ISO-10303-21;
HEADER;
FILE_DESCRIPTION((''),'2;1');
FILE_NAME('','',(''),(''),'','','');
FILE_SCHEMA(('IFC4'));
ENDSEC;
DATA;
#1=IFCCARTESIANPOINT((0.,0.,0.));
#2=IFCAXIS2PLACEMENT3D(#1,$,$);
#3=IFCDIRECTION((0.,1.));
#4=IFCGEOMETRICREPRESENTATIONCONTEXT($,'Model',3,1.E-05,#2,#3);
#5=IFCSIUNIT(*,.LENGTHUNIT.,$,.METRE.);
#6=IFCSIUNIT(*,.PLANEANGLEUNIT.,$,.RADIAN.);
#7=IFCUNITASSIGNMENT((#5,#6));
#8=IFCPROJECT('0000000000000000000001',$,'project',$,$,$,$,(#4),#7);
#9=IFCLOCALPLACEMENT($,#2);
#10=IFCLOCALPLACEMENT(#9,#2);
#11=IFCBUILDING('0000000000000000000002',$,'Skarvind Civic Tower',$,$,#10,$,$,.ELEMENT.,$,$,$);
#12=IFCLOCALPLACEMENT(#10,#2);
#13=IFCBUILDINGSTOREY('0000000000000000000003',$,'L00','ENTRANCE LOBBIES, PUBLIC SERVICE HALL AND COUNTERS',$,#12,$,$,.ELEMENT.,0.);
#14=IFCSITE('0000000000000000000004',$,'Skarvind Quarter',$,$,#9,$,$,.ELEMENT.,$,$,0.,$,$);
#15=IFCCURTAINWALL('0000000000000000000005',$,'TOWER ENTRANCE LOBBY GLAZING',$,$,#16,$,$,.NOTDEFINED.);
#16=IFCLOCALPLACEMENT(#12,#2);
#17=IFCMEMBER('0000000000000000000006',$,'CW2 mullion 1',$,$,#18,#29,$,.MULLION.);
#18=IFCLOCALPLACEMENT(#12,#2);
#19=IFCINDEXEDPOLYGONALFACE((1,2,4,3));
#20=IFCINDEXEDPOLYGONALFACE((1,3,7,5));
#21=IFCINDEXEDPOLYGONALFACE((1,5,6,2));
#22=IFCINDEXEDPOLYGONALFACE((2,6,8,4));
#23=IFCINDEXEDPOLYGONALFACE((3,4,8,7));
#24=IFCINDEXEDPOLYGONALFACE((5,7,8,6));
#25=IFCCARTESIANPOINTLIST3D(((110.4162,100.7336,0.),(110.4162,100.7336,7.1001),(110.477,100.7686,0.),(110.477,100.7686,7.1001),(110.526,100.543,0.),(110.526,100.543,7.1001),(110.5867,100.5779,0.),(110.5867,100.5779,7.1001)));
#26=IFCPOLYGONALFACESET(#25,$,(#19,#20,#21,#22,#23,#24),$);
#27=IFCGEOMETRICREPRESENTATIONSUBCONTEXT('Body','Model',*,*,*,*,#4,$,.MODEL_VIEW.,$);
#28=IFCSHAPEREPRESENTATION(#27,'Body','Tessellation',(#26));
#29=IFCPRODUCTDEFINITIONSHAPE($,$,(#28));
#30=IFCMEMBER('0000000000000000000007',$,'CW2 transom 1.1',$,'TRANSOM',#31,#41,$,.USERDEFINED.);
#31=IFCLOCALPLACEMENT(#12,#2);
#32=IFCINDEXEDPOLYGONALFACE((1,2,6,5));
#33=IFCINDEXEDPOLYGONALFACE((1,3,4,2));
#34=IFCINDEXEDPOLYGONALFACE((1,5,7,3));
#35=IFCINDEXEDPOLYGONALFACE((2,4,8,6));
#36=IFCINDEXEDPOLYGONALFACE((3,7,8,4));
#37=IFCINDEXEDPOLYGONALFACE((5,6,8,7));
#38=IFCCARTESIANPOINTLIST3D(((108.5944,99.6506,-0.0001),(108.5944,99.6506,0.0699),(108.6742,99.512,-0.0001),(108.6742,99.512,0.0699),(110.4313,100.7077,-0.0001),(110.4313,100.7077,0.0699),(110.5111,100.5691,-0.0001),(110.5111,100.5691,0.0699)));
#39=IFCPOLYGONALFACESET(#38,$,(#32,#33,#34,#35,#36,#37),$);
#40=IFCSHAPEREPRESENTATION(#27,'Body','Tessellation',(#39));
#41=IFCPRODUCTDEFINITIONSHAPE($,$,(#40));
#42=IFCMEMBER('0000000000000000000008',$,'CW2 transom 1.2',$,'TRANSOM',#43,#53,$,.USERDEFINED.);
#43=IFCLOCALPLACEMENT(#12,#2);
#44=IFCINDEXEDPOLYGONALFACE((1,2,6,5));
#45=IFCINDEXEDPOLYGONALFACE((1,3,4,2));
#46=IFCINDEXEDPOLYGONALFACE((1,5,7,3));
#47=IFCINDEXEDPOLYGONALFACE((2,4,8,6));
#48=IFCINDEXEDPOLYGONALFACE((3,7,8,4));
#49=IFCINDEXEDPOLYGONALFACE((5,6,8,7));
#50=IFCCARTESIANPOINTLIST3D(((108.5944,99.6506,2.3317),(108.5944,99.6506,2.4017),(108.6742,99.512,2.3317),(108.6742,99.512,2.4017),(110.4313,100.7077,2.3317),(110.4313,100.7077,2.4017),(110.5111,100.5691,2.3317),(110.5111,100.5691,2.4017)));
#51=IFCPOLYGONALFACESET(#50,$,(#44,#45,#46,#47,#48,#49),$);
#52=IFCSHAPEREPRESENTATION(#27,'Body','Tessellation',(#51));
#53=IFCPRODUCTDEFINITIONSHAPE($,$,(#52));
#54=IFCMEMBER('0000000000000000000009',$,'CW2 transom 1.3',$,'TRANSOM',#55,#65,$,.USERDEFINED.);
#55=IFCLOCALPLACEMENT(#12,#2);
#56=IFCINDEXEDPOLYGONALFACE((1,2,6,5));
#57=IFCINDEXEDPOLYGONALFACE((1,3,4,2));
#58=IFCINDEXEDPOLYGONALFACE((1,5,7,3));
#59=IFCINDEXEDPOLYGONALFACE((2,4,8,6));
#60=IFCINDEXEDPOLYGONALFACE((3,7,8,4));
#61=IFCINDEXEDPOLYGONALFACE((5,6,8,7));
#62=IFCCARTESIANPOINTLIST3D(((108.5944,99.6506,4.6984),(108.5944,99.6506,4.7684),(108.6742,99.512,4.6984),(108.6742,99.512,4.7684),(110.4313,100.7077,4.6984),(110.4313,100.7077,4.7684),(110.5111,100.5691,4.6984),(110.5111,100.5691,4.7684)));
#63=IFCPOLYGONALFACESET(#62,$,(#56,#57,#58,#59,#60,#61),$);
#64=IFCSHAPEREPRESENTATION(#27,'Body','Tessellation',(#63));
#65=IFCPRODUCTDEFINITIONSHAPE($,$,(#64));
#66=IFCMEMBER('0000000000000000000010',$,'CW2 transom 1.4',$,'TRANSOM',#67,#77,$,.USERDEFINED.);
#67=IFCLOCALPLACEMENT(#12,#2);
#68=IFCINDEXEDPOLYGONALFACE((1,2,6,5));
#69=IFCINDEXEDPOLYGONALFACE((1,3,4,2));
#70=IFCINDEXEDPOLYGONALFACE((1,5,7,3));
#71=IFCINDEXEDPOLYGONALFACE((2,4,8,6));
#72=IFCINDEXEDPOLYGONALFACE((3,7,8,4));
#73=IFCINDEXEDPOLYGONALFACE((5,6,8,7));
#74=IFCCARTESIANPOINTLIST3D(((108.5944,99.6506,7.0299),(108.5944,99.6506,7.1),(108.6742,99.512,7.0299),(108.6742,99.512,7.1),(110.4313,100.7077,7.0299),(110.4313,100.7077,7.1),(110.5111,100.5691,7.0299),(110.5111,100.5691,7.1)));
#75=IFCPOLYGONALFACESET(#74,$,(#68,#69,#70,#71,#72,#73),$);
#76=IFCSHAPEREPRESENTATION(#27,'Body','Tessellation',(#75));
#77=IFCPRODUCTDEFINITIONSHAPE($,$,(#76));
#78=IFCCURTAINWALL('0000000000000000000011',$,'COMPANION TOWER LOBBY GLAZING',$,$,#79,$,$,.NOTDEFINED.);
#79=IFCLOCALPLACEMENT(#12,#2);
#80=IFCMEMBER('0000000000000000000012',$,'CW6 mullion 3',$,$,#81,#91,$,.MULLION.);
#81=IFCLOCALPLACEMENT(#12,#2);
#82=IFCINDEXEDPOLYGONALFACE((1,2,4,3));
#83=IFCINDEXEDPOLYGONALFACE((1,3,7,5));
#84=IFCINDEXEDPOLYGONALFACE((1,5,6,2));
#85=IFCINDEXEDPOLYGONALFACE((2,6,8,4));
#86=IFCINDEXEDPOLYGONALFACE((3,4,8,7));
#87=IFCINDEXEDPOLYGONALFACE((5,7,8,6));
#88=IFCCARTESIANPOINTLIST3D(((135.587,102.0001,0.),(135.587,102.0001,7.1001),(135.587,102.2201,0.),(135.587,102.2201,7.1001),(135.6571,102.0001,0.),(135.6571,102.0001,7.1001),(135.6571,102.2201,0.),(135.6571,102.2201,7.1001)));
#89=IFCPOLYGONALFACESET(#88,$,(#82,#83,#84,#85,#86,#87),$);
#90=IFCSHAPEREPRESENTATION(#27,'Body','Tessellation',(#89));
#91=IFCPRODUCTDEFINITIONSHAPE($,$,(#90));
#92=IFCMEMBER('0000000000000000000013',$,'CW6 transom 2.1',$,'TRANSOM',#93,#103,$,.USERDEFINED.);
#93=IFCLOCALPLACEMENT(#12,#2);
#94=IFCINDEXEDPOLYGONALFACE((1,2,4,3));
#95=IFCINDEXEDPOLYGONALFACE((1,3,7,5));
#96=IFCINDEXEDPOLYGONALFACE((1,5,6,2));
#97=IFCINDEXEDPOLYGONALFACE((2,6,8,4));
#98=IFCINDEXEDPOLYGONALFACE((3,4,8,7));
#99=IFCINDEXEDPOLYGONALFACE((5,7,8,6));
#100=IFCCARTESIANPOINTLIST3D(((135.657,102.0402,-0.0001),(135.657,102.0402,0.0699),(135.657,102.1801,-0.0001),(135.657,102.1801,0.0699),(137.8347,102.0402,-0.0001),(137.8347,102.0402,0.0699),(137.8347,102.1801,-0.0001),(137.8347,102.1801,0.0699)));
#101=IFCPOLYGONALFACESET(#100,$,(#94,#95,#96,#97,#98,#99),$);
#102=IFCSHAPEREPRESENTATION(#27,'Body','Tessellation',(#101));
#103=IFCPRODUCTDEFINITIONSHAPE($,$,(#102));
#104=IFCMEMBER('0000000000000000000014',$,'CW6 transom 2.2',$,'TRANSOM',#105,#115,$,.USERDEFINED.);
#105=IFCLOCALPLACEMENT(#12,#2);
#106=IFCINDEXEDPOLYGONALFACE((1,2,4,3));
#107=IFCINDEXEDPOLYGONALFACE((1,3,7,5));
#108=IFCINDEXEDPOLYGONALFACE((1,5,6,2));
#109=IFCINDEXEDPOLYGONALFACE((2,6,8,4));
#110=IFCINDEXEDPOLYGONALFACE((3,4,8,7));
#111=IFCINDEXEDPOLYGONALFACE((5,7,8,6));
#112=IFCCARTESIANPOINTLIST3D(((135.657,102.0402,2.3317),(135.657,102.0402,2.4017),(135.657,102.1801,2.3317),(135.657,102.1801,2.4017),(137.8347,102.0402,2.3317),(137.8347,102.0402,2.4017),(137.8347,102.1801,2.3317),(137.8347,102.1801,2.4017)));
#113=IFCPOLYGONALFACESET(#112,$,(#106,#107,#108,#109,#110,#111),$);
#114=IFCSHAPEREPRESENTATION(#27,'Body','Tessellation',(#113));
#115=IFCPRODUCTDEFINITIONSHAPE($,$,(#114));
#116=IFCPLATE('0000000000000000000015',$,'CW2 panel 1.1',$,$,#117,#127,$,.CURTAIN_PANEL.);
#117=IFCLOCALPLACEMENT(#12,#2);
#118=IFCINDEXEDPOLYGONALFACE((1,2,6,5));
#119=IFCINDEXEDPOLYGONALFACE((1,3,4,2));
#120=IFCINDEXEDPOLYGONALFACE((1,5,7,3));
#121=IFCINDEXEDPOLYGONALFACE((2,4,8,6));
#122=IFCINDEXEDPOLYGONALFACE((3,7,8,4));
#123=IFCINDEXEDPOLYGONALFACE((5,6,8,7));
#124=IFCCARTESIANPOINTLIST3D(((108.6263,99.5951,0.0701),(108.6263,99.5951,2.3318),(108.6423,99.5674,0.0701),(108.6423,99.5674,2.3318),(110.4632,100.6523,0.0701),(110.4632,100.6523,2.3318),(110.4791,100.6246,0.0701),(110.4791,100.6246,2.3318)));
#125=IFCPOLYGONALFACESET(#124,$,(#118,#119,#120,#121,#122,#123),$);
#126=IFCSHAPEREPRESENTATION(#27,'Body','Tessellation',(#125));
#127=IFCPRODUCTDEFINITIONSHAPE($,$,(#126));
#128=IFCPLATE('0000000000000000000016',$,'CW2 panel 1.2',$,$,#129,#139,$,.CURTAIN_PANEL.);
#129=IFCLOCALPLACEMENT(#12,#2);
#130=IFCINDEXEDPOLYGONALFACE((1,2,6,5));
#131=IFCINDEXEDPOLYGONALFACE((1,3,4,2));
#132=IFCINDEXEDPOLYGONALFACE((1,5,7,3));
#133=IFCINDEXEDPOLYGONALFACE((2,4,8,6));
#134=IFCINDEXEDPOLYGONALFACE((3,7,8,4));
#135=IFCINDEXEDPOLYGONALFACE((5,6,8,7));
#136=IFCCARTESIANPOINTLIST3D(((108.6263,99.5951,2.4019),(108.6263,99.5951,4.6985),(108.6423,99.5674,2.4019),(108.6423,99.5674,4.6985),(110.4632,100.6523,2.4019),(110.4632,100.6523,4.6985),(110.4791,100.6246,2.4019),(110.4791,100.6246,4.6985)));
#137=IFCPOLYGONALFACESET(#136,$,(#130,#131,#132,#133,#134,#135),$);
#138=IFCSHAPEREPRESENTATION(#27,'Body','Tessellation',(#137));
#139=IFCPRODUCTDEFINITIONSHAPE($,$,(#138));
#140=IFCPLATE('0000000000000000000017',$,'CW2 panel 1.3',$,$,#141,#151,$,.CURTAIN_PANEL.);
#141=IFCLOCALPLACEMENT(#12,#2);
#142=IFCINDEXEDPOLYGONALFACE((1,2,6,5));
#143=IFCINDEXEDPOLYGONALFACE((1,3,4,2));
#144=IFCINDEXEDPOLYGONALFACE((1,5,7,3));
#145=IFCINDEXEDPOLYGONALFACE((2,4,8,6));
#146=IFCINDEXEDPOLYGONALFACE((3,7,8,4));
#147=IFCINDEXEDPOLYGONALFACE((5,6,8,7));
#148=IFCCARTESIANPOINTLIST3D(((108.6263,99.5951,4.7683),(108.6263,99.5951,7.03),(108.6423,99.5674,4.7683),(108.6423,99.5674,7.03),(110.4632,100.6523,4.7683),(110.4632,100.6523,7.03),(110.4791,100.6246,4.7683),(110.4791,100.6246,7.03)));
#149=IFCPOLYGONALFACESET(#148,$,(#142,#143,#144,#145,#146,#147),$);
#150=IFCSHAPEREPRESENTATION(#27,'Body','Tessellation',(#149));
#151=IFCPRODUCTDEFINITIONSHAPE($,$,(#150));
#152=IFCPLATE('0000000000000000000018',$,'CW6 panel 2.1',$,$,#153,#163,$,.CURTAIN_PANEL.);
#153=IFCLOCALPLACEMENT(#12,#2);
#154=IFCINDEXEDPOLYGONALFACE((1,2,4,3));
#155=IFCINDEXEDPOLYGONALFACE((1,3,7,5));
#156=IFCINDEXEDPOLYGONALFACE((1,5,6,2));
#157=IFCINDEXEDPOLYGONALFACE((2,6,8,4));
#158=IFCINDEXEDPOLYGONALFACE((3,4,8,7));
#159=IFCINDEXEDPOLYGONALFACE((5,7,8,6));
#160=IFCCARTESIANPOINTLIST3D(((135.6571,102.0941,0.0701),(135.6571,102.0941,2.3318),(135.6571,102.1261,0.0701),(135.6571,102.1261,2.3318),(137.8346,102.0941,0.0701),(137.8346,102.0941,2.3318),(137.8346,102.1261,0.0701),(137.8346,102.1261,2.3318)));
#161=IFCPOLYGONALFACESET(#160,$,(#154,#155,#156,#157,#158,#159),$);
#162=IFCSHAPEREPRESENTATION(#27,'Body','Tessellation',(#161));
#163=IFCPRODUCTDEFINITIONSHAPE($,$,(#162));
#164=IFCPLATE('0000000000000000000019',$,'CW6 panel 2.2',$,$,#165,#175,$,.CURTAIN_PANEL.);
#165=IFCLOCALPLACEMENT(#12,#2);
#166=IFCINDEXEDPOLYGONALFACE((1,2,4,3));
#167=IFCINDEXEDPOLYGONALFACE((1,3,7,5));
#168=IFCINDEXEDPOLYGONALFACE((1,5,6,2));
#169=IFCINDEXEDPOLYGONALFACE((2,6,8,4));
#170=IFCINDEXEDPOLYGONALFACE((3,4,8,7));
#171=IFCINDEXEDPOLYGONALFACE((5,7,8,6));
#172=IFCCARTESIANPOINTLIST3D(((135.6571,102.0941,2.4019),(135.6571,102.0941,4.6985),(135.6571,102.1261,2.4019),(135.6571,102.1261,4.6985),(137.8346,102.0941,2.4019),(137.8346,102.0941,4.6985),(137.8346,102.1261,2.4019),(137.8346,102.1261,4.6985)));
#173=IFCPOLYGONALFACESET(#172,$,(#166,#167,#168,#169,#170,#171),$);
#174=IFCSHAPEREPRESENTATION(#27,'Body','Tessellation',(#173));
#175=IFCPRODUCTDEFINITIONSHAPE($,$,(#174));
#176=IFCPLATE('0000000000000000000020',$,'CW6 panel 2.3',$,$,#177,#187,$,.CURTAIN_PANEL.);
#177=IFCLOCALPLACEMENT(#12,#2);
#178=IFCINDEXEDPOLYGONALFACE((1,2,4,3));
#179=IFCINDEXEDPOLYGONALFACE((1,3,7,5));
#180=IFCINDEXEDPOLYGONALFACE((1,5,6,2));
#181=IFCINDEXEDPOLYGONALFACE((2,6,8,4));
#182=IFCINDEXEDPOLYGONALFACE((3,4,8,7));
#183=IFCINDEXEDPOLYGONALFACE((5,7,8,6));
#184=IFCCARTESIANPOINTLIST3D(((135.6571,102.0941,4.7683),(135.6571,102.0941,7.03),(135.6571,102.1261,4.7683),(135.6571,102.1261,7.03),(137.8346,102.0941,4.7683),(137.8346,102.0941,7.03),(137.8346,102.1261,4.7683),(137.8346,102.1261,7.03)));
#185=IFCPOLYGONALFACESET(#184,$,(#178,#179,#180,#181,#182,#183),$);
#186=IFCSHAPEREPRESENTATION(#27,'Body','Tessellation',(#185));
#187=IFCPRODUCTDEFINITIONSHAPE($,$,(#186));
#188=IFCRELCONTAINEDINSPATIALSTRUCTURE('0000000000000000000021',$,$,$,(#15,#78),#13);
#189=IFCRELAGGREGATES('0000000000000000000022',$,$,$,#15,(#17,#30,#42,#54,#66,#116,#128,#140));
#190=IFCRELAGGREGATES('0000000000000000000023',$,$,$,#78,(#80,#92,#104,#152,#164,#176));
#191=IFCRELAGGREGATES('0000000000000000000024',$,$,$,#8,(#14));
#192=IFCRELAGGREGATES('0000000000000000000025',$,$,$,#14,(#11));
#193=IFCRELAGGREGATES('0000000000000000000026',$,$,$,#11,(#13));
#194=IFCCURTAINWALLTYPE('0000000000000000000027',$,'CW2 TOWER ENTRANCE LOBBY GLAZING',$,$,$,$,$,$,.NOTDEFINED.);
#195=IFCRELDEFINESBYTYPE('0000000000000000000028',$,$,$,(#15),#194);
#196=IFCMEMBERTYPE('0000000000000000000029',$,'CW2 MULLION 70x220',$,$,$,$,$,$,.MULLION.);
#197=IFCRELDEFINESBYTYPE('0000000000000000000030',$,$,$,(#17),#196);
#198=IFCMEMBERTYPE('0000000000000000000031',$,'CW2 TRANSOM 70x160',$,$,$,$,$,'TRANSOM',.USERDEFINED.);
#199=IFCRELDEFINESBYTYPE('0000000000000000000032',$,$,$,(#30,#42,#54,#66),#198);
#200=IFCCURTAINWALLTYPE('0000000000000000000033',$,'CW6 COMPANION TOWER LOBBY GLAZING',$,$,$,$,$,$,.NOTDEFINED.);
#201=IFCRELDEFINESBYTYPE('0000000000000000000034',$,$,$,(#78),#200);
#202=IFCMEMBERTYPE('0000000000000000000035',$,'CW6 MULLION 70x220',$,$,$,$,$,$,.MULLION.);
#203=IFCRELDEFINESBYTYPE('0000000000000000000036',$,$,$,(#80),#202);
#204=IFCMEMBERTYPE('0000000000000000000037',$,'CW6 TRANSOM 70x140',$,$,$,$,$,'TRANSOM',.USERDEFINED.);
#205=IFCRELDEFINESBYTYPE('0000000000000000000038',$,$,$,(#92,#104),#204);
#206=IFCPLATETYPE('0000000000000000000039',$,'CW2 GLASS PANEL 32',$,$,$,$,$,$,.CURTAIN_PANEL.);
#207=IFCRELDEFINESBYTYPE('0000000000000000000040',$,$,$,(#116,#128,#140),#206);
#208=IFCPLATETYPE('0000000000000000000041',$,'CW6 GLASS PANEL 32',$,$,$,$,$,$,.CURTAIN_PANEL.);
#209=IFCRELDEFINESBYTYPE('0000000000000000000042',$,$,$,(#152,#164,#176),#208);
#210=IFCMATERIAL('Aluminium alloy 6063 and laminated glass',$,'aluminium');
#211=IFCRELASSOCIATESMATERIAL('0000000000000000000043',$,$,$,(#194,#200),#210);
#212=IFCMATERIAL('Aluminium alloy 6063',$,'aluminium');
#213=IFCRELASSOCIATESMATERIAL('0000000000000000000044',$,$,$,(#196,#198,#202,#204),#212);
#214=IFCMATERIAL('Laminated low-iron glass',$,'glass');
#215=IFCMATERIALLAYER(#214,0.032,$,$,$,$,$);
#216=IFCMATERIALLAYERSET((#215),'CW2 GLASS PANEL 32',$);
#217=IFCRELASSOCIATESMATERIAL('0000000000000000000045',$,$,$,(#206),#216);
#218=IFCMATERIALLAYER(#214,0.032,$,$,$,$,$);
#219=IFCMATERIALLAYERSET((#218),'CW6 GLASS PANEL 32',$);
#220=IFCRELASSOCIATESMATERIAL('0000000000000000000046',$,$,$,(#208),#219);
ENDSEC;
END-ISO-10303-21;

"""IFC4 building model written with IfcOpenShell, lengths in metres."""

from ifc_helpers import new_model, si_unit, direction, frame, origin, origin_2d, place, context, subcontext, project, spatial, rectangle, extrude, material, layer, layer_set, material_profile, profile_set, type_object, element, aggregate, save


model = new_model("IFC4")

# Units and contexts
model_context = context("Model", 3, precision=1e-05, world=origin(), true_north=direction((0.0, 1.0)))
body_context = subcontext(model_context, "Body", "Model", "MODEL_VIEW")
ifc_project = project(units=[si_unit("LENGTHUNIT", "METRE"), si_unit("PLANEANGLEUNIT", "RADIAN")], contexts=[model_context])

# Site, building, storey
site_placement = place(None, origin())
site = spatial("IfcSite", under=ifc_project, at=site_placement, Name="Skarvind Quarter", CompositionType="ELEMENT", RefElevation=0.0)
building_placement = place(site_placement, origin())
building = spatial("IfcBuilding", under=site, at=building_placement, Name="Skarvind Civic Tower", CompositionType="ELEMENT")
storey_placement = place(building_placement, origin())
storey = spatial("IfcBuildingStorey", under=building, at=storey_placement, Name="L00", Description="ENTRANCE LOBBIES, PUBLIC SERVICE HALL AND COUNTERS", CompositionType="ELEMENT", Elevation=0.0)

# Curtain walls, members
ifc_material_1 = material(Name="Aluminium alloy 6063 and laminated glass", Category="aluminium")
curtain_wall_type_1 = type_object("IfcCurtainWallType", Name="CW2 TOWER ENTRANCE LOBBY GLAZING", PredefinedType="NOTDEFINED", material=ifc_material_1)
curtain_wall_1_placement = place(storey_placement, origin())
curtain_wall_1 = element("IfcCurtainWall", 1, at=curtain_wall_1_placement, inside=storey, type_object=curtain_wall_type_1, Name="TOWER ENTRANCE LOBBY GLAZING", PredefinedType="NOTDEFINED")
ifc_material_2 = material(Name="Aluminium alloy 6063", Category="aluminium")
ifc_material_profile_1 = material_profile(ifc_material_2, rectangle(XDim=0.22, YDim=0.0701, at=origin_2d()), Name="AL 70x220")
ifc_profile_set_1 = profile_set([ifc_material_profile_1], Name="Aluminium alloy 6063")
member_type_1 = type_object("IfcMemberType", Name="CW2 MULLION 70x220", PredefinedType="MULLION", material=ifc_profile_set_1)
member_1_placement = place(storey_placement, frame((110.5015, 100.6558, 0.0), z_axis=(0.0, 0.0, 1.0), x_axis=(0.49883, -0.8667, 0.0)))
member_1 = element("IfcMember", 2, at=member_1_placement, type_object=member_type_1, Name="CW2 mullion 1", PredefinedType="MULLION", context=body_context, shape_type="SweptSolid", body=[
    extrude(rectangle(XDim=0.22, YDim=0.0701, at=origin_2d()), origin(), (0.0, 0.0, 1.0), 7.1001),
])
ifc_material_profile_2 = material_profile(ifc_material_2, rectangle(XDim=0.1599, YDim=0.0701, at=origin_2d()), Name="AL 70x160")
ifc_profile_set_2 = profile_set([ifc_material_profile_2], Name="Aluminium alloy 6063")
member_type_2 = type_object("IfcMemberType", Name="CW2 TRANSOM 70x160", ElementType="TRANSOM", PredefinedType="USERDEFINED", material=ifc_profile_set_2)
member_2_placement = place(storey_placement, frame((110.4712, 100.6384, 0.0349), z_axis=(-0.866722, -0.498791, 0.0), x_axis=(0.498791, -0.866722, 0.0)))
member_2 = element("IfcMember", 3, at=member_2_placement, type_object=member_type_2, Name="CW2 transom 1.1", ObjectType="TRANSOM", PredefinedType="USERDEFINED", context=body_context, shape_type="SweptSolid", body=[
    extrude(rectangle(XDim=0.1599, YDim=0.0701, at=origin_2d()), origin(), (0.0, 0.0, 1.0), 2.1194),
])
member_3_placement = place(storey_placement, frame((110.4712, 100.6384, 2.3667), z_axis=(-0.866722, -0.498791, 0.0), x_axis=(0.498791, -0.866722, 0.0)))
member_3 = element("IfcMember", 4, at=member_3_placement, type_object=member_type_2, Name="CW2 transom 1.2", ObjectType="TRANSOM", PredefinedType="USERDEFINED", context=body_context, shape_type="SweptSolid", body=[
    extrude(rectangle(XDim=0.1599, YDim=0.0701, at=origin_2d()), origin(), (0.0, 0.0, 1.0), 2.1194),
])
member_4_placement = place(storey_placement, frame((110.4712, 100.6384, 4.7334), z_axis=(-0.866722, -0.498791, 0.0), x_axis=(0.498791, -0.866722, 0.0)))
member_4 = element("IfcMember", 5, at=member_4_placement, type_object=member_type_2, Name="CW2 transom 1.3", ObjectType="TRANSOM", PredefinedType="USERDEFINED", context=body_context, shape_type="SweptSolid", body=[
    extrude(rectangle(XDim=0.1599, YDim=0.0701, at=origin_2d()), origin(), (0.0, 0.0, 1.0), 2.1194),
])
member_5_placement = place(storey_placement, frame((110.4712, 100.6384, 7.0649), z_axis=(-0.866722, -0.498791, 0.0), x_axis=(0.498791, -0.866722, 0.0)))
member_5 = element("IfcMember", 6, at=member_5_placement, type_object=member_type_2, Name="CW2 transom 1.4", ObjectType="TRANSOM", PredefinedType="USERDEFINED", context=body_context, shape_type="SweptSolid", body=[
    extrude(rectangle(XDim=0.1599, YDim=0.0701, at=origin_2d()), origin(), (0.0, 0.0, 1.0), 2.1194),
])
curtain_wall_type_2 = type_object("IfcCurtainWallType", Name="CW6 COMPANION TOWER LOBBY GLAZING", PredefinedType="NOTDEFINED", material=ifc_material_1)
curtain_wall_2_placement = place(storey_placement, origin())
curtain_wall_2 = element("IfcCurtainWall", 7, at=curtain_wall_2_placement, inside=storey, type_object=curtain_wall_type_2, Name="COMPANION TOWER LOBBY GLAZING", PredefinedType="NOTDEFINED")
ifc_material_profile_3 = material_profile(ifc_material_2, rectangle(XDim=0.22, YDim=0.0701, at=origin_2d()), Name="AL 70x220")
ifc_profile_set_3 = profile_set([ifc_material_profile_3], Name="Aluminium alloy 6063")
member_type_3 = type_object("IfcMemberType", Name="CW6 MULLION 70x220", PredefinedType="MULLION", material=ifc_profile_set_3)
member_6_placement = place(storey_placement, frame((135.6221, 102.1101, 0.0), z_axis=(0.0, 0.0, 1.0), x_axis=(0.0, -1.0, 0.0)))
member_6 = element("IfcMember", 8, at=member_6_placement, type_object=member_type_3, Name="CW6 mullion 3", PredefinedType="MULLION", context=body_context, shape_type="SweptSolid", body=[
    extrude(rectangle(XDim=0.22, YDim=0.0701, at=origin_2d()), origin(), (0.0, 0.0, 1.0), 7.1001),
])
ifc_material_profile_4 = material_profile(ifc_material_2, rectangle(XDim=0.1399, YDim=0.0701, at=origin_2d()), Name="AL 70x140")
ifc_profile_set_4 = profile_set([ifc_material_profile_4], Name="Aluminium alloy 6063")
member_type_4 = type_object("IfcMemberType", Name="CW6 TRANSOM 70x140", ElementType="TRANSOM", PredefinedType="USERDEFINED", material=ifc_profile_set_4)
member_7_placement = place(storey_placement, frame((137.8347, 102.1101, 0.0349), z_axis=(-1.0, 0.0, 0.0), x_axis=(0.0, -1.0, 0.0)))
member_7 = element("IfcMember", 9, at=member_7_placement, type_object=member_type_4, Name="CW6 transom 2.1", ObjectType="TRANSOM", PredefinedType="USERDEFINED", context=body_context, shape_type="SweptSolid", body=[
    extrude(rectangle(XDim=0.1399, YDim=0.0701, at=origin_2d()), origin(), (0.0, 0.0, 1.0), 2.1777),
])
member_8_placement = place(storey_placement, frame((137.8347, 102.1101, 2.3667), z_axis=(-1.0, 0.0, 0.0), x_axis=(0.0, -1.0, 0.0)))
member_8 = element("IfcMember", 10, at=member_8_placement, type_object=member_type_4, Name="CW6 transom 2.2", ObjectType="TRANSOM", PredefinedType="USERDEFINED", context=body_context, shape_type="SweptSolid", body=[
    extrude(rectangle(XDim=0.1399, YDim=0.0701, at=origin_2d()), origin(), (0.0, 0.0, 1.0), 2.1777),
])

# Plates
ifc_material_3 = material(Name="Laminated low-iron glass", Category="glass")
ifc_layer_1 = layer(ifc_material_3, 0.032)
ifc_layer_set_1 = layer_set([ifc_layer_1], Name="CW2 GLASS PANEL 32")
plate_type_1 = type_object("IfcPlateType", Name="CW2 GLASS PANEL 32", PredefinedType="CURTAIN_PANEL", material=ifc_layer_set_1)
plate_1_placement = place(storey_placement, frame((109.5527, 100.1099, 0.0701), z_axis=(0.0, 0.0, 1.0), x_axis=(-0.8667, -0.49883, 0.0)))
plate_1 = element("IfcPlate", 11, at=plate_1_placement, type_object=plate_type_1, Name="CW2 panel 1.1", PredefinedType="CURTAIN_PANEL", context=body_context, shape_type="SweptSolid", body=[
    extrude(rectangle(XDim=2.1194, YDim=0.032, at=origin_2d()), origin(), (0.0, 0.0, 1.0), 2.2617),
])
plate_2_placement = place(storey_placement, frame((109.5527, 100.1099, 2.4019), z_axis=(0.0, 0.0, 1.0), x_axis=(-0.8667, -0.49883, 0.0)))
plate_2 = element("IfcPlate", 12, at=plate_2_placement, type_object=plate_type_1, Name="CW2 panel 1.2", PredefinedType="CURTAIN_PANEL", context=body_context, shape_type="SweptSolid", body=[
    extrude(rectangle(XDim=2.1194, YDim=0.032, at=origin_2d()), origin(), (0.0, 0.0, 1.0), 2.2966),
])
plate_3_placement = place(storey_placement, frame((109.5527, 100.1099, 4.7683), z_axis=(0.0, 0.0, 1.0), x_axis=(-0.8667, -0.49883, 0.0)))
plate_3 = element("IfcPlate", 13, at=plate_3_placement, type_object=plate_type_1, Name="CW2 panel 1.3", PredefinedType="CURTAIN_PANEL", context=body_context, shape_type="SweptSolid", body=[
    extrude(rectangle(XDim=2.1194, YDim=0.032, at=origin_2d()), origin(), (0.0, 0.0, 1.0), 2.2617),
])
aggregate(curtain_wall_1, [member_1, member_2, member_3, member_4, member_5, plate_1, plate_2, plate_3])
ifc_layer_2 = layer(ifc_material_3, 0.032)
ifc_layer_set_2 = layer_set([ifc_layer_2], Name="CW6 GLASS PANEL 32")
plate_type_2 = type_object("IfcPlateType", Name="CW6 GLASS PANEL 32", PredefinedType="CURTAIN_PANEL", material=ifc_layer_set_2)
plate_4_placement = place(storey_placement, frame((136.7458, 102.1101, 0.0701), z_axis=(0.0, 0.0, 1.0), x_axis=(-1.0, 0.0, 0.0)))
plate_4 = element("IfcPlate", 14, at=plate_4_placement, type_object=plate_type_2, Name="CW6 panel 2.1", PredefinedType="CURTAIN_PANEL", context=body_context, shape_type="SweptSolid", body=[
    extrude(rectangle(XDim=2.1775, YDim=0.032, at=origin_2d()), origin(), (0.0, 0.0, 1.0), 2.2617),
])
plate_5_placement = place(storey_placement, frame((136.7458, 102.1101, 2.4019), z_axis=(0.0, 0.0, 1.0), x_axis=(-1.0, 0.0, 0.0)))
plate_5 = element("IfcPlate", 15, at=plate_5_placement, type_object=plate_type_2, Name="CW6 panel 2.2", PredefinedType="CURTAIN_PANEL", context=body_context, shape_type="SweptSolid", body=[
    extrude(rectangle(XDim=2.1775, YDim=0.032, at=origin_2d()), origin(), (0.0, 0.0, 1.0), 2.2966),
])
plate_6_placement = place(storey_placement, frame((136.7458, 102.1101, 4.7683), z_axis=(0.0, 0.0, 1.0), x_axis=(-1.0, 0.0, 0.0)))
plate_6 = element("IfcPlate", 16, at=plate_6_placement, type_object=plate_type_2, Name="CW6 panel 2.3", PredefinedType="CURTAIN_PANEL", context=body_context, shape_type="SweptSolid", body=[
    extrude(rectangle(XDim=2.1775, YDim=0.032, at=origin_2d()), origin(), (0.0, 0.0, 1.0), 2.2617),
])
aggregate(curtain_wall_2, [member_6, member_7, member_8, plate_4, plate_5, plate_6])

save(model, "model.ifc")
